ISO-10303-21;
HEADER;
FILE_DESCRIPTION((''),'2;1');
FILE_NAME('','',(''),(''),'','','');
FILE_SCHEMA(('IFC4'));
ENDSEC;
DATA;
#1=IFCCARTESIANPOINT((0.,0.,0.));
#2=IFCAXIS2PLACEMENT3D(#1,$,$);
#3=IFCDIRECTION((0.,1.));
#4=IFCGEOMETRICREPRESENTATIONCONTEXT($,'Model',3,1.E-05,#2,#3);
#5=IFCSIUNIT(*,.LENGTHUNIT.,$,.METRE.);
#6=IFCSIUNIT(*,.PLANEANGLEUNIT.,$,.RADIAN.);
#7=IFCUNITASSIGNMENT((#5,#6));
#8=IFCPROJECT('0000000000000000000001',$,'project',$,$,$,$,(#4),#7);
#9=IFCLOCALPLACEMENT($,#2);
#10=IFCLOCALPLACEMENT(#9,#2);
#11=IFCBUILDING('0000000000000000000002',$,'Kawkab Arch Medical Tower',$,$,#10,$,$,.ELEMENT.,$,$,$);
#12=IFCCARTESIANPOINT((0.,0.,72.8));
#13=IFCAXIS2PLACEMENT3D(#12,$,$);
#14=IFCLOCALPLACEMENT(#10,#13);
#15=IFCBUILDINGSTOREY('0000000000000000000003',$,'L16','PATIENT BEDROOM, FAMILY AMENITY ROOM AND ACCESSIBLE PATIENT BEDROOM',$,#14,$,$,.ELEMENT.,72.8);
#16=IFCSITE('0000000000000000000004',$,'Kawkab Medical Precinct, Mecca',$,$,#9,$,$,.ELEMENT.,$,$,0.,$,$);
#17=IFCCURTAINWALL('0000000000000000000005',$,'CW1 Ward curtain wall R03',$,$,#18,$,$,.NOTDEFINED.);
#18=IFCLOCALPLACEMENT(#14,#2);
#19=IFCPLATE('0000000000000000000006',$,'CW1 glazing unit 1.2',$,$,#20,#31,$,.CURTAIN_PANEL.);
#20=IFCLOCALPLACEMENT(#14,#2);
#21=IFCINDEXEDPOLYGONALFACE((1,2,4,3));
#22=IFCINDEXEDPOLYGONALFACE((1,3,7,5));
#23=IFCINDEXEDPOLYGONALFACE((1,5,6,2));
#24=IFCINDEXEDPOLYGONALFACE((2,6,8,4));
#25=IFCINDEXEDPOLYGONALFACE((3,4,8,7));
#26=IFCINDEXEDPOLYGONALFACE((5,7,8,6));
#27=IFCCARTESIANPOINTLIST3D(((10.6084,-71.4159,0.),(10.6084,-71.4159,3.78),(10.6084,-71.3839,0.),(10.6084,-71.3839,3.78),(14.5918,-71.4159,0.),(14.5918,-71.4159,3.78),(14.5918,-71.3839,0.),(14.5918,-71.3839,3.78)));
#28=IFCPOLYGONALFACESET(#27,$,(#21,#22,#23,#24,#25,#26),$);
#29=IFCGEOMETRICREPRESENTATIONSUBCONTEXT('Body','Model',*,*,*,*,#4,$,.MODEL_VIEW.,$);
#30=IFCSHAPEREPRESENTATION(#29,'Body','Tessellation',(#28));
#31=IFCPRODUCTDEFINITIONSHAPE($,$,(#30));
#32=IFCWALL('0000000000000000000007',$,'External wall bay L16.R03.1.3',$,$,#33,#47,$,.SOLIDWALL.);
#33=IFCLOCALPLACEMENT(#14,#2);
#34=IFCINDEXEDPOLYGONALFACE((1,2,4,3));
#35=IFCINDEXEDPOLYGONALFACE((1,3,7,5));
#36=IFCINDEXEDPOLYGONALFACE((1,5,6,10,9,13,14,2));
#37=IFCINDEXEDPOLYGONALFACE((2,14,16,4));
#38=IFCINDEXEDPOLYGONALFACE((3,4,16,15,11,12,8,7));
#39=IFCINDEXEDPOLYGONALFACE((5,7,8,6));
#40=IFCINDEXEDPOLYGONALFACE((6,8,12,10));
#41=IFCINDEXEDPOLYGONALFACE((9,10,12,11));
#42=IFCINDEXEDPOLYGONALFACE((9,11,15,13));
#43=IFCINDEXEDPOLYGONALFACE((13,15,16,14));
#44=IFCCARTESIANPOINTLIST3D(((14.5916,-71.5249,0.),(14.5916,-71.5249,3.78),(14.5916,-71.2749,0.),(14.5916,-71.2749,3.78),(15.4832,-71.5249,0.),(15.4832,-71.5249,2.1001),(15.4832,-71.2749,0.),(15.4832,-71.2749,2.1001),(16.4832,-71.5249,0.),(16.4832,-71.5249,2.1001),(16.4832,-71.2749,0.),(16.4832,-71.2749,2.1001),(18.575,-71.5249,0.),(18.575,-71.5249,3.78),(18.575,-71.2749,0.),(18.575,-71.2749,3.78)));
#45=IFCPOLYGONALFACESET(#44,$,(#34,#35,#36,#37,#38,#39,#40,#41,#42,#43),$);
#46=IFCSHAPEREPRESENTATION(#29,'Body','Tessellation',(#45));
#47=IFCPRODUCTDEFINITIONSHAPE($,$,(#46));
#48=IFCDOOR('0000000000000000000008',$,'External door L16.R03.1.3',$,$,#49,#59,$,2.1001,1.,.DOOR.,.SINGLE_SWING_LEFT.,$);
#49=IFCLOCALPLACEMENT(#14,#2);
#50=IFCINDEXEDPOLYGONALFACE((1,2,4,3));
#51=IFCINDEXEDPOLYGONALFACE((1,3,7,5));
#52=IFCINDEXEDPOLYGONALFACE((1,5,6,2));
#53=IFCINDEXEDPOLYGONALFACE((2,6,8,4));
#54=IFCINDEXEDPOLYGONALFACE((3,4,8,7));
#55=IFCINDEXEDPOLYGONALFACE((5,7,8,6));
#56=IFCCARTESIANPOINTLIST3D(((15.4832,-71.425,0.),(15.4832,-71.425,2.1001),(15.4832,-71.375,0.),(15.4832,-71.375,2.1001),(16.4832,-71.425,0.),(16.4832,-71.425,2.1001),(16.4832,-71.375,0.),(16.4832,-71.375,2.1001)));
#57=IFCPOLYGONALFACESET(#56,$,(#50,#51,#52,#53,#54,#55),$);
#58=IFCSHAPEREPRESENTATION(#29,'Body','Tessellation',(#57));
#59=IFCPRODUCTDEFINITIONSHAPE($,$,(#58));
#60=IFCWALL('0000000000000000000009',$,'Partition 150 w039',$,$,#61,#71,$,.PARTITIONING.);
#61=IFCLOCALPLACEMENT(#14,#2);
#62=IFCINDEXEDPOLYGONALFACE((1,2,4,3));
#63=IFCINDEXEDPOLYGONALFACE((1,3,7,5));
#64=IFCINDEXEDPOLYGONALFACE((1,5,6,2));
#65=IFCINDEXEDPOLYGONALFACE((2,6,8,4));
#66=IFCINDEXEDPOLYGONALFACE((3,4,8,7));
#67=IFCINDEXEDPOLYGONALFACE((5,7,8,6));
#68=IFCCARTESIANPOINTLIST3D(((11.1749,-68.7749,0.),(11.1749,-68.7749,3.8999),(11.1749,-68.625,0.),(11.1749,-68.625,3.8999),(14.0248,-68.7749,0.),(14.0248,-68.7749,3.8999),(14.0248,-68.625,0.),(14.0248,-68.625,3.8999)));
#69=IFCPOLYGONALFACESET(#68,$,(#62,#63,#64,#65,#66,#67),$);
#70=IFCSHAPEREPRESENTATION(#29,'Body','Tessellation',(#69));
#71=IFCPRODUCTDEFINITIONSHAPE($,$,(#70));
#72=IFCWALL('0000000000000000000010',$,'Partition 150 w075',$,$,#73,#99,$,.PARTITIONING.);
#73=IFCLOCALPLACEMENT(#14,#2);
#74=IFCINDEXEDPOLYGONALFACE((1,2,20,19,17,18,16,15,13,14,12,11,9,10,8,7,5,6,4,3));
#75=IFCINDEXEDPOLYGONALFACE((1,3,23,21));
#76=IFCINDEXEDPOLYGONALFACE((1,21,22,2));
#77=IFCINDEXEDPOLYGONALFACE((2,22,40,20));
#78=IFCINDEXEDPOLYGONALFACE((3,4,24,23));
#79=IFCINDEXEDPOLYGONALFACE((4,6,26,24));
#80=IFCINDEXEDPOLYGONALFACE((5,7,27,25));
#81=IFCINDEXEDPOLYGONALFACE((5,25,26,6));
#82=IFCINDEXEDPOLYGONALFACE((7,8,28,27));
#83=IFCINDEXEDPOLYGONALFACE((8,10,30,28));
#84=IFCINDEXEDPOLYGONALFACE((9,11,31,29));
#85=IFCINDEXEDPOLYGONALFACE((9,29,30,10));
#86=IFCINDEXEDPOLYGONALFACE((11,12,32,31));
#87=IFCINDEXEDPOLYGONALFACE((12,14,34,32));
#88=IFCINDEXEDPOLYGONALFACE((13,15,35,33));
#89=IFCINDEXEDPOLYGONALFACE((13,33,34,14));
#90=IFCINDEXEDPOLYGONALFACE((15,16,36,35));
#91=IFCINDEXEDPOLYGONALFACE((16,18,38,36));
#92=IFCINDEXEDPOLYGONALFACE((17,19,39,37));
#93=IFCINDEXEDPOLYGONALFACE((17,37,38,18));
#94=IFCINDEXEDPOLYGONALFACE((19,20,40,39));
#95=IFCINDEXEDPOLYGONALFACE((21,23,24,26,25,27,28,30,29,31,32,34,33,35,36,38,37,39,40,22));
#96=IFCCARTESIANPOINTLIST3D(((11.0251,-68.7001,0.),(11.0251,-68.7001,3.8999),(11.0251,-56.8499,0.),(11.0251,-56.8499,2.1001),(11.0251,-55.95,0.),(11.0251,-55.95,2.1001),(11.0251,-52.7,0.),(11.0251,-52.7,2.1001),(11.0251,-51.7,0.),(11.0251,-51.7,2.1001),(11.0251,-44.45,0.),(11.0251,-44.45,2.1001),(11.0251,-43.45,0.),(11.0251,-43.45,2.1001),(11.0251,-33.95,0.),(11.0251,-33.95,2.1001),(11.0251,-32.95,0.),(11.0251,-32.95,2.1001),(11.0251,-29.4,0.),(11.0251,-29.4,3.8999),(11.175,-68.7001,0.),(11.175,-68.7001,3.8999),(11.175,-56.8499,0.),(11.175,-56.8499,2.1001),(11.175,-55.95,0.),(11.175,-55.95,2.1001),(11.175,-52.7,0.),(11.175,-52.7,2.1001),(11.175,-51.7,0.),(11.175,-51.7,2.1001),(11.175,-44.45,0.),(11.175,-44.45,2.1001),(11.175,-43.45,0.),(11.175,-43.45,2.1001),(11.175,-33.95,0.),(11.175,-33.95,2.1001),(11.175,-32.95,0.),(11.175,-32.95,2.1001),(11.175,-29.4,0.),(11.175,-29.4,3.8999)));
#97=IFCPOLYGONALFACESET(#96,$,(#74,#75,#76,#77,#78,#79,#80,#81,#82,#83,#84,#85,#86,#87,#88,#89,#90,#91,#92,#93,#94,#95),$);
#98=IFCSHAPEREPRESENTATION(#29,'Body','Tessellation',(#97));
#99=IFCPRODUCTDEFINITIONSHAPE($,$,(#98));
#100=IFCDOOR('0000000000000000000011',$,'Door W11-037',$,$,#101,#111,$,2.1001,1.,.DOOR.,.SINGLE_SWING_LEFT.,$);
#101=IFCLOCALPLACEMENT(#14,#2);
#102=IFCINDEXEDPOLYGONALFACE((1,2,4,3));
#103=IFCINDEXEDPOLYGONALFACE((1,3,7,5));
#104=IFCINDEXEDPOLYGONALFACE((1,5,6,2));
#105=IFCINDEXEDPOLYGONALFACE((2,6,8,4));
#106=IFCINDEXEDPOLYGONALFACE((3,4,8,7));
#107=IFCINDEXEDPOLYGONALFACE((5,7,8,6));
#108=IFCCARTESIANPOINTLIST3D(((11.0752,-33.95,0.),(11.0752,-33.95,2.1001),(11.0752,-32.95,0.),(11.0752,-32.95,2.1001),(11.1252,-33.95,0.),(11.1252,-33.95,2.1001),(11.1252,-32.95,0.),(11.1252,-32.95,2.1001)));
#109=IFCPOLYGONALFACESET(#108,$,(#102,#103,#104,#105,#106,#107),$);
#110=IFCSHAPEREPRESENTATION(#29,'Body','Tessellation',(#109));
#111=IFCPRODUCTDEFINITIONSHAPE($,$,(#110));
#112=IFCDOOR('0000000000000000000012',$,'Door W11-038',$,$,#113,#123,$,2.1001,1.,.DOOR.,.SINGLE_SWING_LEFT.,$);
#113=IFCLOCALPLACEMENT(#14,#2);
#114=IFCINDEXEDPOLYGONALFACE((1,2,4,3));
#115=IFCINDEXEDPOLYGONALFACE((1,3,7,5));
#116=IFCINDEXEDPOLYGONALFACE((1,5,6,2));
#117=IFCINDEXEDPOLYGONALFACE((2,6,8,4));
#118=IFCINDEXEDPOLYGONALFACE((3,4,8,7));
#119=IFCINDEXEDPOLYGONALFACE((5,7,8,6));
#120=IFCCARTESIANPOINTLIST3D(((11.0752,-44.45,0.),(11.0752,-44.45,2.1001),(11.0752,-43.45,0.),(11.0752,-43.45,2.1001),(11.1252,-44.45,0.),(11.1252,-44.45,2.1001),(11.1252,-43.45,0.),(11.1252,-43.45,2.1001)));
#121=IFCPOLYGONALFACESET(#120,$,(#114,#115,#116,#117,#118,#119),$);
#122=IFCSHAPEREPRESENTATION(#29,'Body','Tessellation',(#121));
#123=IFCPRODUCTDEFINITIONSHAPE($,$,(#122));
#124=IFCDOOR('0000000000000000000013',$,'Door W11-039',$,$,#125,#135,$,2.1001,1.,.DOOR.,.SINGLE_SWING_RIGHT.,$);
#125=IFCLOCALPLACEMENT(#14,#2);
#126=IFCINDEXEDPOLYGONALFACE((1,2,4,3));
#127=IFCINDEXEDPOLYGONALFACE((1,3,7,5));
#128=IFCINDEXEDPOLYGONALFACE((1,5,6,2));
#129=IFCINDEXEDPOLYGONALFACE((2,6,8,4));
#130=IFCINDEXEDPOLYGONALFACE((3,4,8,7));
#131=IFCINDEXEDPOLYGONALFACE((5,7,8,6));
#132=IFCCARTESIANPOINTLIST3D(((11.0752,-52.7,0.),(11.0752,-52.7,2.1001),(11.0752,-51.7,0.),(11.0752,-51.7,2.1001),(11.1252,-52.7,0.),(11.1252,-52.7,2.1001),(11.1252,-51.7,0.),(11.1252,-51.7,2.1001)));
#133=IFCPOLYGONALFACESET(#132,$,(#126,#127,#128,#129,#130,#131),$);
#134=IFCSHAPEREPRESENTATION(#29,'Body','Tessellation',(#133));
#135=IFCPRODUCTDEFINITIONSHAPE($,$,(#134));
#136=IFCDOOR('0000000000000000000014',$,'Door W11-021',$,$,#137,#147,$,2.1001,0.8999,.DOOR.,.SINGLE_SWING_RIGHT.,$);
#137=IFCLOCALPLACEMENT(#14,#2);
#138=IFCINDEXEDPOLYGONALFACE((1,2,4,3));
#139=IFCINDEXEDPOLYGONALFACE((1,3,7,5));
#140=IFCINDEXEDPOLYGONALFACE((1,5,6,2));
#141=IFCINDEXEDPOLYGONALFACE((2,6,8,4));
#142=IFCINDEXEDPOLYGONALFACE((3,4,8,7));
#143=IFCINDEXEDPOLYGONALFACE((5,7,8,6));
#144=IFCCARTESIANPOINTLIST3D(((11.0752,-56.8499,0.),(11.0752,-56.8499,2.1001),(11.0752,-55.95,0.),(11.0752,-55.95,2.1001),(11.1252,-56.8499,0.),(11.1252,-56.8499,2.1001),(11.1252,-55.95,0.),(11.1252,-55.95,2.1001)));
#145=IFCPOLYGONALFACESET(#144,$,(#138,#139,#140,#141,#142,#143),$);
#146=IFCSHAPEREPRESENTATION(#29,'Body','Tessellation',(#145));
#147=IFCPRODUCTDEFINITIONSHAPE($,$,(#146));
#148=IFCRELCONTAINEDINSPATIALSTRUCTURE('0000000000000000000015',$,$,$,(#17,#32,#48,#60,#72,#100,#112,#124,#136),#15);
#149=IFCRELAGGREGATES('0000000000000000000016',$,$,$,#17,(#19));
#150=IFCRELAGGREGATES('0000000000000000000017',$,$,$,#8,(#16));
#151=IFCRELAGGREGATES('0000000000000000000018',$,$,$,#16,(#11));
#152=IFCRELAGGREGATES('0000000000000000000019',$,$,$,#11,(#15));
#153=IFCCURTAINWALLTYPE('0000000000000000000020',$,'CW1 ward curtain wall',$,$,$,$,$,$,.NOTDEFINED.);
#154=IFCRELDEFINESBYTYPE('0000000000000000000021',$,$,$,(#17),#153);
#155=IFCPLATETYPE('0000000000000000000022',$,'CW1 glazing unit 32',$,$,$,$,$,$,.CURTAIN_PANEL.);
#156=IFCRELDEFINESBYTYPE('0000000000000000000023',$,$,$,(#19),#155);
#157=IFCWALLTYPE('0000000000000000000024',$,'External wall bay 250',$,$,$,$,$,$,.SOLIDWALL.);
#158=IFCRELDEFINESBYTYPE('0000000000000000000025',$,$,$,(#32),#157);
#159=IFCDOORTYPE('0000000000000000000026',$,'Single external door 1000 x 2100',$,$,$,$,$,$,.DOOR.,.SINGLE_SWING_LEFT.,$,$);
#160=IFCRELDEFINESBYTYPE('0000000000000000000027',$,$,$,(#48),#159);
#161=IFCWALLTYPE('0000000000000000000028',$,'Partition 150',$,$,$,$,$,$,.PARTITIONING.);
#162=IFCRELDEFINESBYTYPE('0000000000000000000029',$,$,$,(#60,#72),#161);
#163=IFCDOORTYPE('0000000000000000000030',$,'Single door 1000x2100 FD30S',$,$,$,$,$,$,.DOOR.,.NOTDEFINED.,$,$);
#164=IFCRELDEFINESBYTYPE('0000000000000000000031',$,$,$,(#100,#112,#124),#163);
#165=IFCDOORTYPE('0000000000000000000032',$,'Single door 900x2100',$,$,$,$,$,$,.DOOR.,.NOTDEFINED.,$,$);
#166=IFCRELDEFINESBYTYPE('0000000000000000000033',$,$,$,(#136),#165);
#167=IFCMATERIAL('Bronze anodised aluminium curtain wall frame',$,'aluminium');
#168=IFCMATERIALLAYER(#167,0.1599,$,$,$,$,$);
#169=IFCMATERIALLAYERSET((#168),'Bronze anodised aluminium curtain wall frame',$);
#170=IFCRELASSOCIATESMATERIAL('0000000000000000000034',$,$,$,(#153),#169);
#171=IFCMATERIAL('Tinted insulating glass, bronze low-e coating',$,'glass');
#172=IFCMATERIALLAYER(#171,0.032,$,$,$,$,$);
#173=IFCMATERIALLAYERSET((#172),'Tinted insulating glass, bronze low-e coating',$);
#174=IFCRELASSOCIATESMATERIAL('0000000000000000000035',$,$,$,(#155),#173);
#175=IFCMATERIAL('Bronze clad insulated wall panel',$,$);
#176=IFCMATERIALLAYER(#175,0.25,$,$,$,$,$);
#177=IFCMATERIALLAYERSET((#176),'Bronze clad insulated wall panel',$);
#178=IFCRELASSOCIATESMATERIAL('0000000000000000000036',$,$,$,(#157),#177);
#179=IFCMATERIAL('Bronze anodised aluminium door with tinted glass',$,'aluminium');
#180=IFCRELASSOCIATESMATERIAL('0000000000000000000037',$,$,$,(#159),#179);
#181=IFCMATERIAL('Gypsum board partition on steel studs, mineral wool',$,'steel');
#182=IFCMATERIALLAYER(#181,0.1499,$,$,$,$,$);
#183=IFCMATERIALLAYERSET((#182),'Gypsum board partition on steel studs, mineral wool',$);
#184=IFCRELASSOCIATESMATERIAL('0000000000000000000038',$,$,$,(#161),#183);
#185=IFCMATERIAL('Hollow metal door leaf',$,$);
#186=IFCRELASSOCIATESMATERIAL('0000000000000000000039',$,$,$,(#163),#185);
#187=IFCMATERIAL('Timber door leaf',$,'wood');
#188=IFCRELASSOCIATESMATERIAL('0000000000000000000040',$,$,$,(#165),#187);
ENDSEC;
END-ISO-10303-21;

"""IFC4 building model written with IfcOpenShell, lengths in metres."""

from ifc_helpers import new_model, si_unit, direction, frame, frame_2d, origin, origin_2d, place, context, subcontext, project, spatial, rectangle, extrude, material, layer, layer_set, type_object, element, fill, aggregate, save


model = new_model("IFC4")

# Units and contexts
model_context = context("Model", 3, precision=1e-05, world=origin(), true_north=direction((0.0, 1.0)))
body_context = subcontext(model_context, "Body", "Model", "MODEL_VIEW")
ifc_project = project(units=[si_unit("LENGTHUNIT", "METRE"), si_unit("PLANEANGLEUNIT", "RADIAN")], contexts=[model_context])

# Site, building, storey
site_placement = place(None, origin())
site = spatial("IfcSite", under=ifc_project, at=site_placement, Name="Kawkab Medical Precinct, Mecca", CompositionType="ELEMENT", RefElevation=0.0)
building_placement = place(site_placement, origin())
building = spatial("IfcBuilding", under=site, at=building_placement, Name="Kawkab Arch Medical Tower", CompositionType="ELEMENT")
storey_placement = place(building_placement, frame((0.0, 0.0, 72.8)))
storey = spatial("IfcBuildingStorey", under=building, at=storey_placement, Name="L16", Description="PATIENT BEDROOM, FAMILY AMENITY ROOM AND ACCESSIBLE PATIENT BEDROOM", CompositionType="ELEMENT", Elevation=72.8)

# Curtain wall, plate
ifc_material_1 = material(Name="Bronze anodised aluminium curtain wall frame", Category="aluminium")
ifc_layer_1 = layer(ifc_material_1, 0.1599)
ifc_layer_set_1 = layer_set([ifc_layer_1], Name="Bronze anodised aluminium curtain wall frame")
curtain_wall_type = type_object("IfcCurtainWallType", Name="CW1 ward curtain wall", PredefinedType="NOTDEFINED", material=ifc_layer_set_1)
curtain_wall_placement = place(storey_placement, origin())
curtain_wall = element("IfcCurtainWall", 1, at=curtain_wall_placement, inside=storey, type_object=curtain_wall_type, Name="CW1 Ward curtain wall R03", PredefinedType="NOTDEFINED")
ifc_material_2 = material(Name="Tinted insulating glass, bronze low-e coating", Category="glass")
ifc_layer_2 = layer(ifc_material_2, 0.032)
ifc_layer_set_2 = layer_set([ifc_layer_2], Name="Tinted insulating glass, bronze low-e coating")
plate_type = type_object("IfcPlateType", Name="CW1 glazing unit 32", PredefinedType="CURTAIN_PANEL", material=ifc_layer_set_2)
plate_placement = place(storey_placement, frame((12.6001, -71.3999, 0.0), z_axis=(0.0, 0.0, 1.0), x_axis=(1.0, 0.0, 0.0)))
plate = element("IfcPlate", 2, at=plate_placement, type_object=plate_type, Name="CW1 glazing unit 1.2", PredefinedType="CURTAIN_PANEL", context=body_context, shape_type="SweptSolid", body=[
    extrude(rectangle(XDim=3.9834, YDim=0.032, at=origin_2d()), origin(), (0.0, 0.0, 1.0), 3.78),
])
aggregate(curtain_wall, [plate])

# Wall, opening, door
ifc_material_3 = material(Name="Bronze clad insulated wall panel")
ifc_layer_3 = layer(ifc_material_3, 0.25)
ifc_layer_set_3 = layer_set([ifc_layer_3], Name="Bronze clad insulated wall panel")
wall_type_1 = type_object("IfcWallType", Name="External wall bay 250", PredefinedType="SOLIDWALL", material=ifc_layer_set_3)
wall_1_placement = place(storey_placement, frame((14.5916, -71.3999, 0.0), z_axis=(0.0, 0.0, 1.0), x_axis=(1.0, 0.0, 0.0)))
wall_1 = element("IfcWall", 3, at=wall_1_placement, inside=storey, type_object=wall_type_1, Name="External wall bay L16.R03.1.3", PredefinedType="SOLIDWALL", context=body_context, shape_type="SweptSolid", body=[
    extrude(rectangle(XDim=3.9834, YDim=0.25, at=frame_2d((1.9917, 0.0))), origin(), (0.0, 0.0, 1.0), 3.78),
])
opening_1_placement = place(wall_1_placement, frame((0.8916, 0.0, 0.0)))
opening_1 = element("IfcOpeningElement", 4, at=opening_1_placement, cuts=wall_1, PredefinedType="OPENING", context=body_context, shape_type="SweptSolid", body=[
    extrude(rectangle(XDim=1.0, YDim=2.1001, at=frame_2d((0.5, 1.05))), frame((0.0, 0.135, 0.0), z_axis=(0.0, -1.0, 0.0), x_axis=(1.0, 0.0, 0.0)), (0.0, 0.0, 1.0), 0.27),
])
ifc_material_4 = material(Name="Bronze anodised aluminium door with tinted glass", Category="aluminium")
door_type_1 = type_object("IfcDoorType", Name="Single external door 1000 x 2100", OperationType="SINGLE_SWING_LEFT", PredefinedType="DOOR", material=ifc_material_4)
door_1_placement = place(opening_1_placement, origin())
door_1 = element("IfcDoor", 5, at=door_1_placement, inside=storey, type_object=door_type_1, Name="External door L16.R03.1.3", OperationType="SINGLE_SWING_LEFT", OverallHeight=2.1001, OverallWidth=1.0, PredefinedType="DOOR", context=body_context, shape_type="SweptSolid", body=[
    extrude(rectangle(XDim=1.0, YDim=2.1001, at=frame_2d((0.5, 1.05))), frame((0.0, 0.0249, 0.0), z_axis=(0.0, -1.0, 0.0), x_axis=(1.0, 0.0, 0.0)), (0.0, 0.0, 1.0), 0.05),
])
fill(opening_1, door_1)

# Wall
ifc_material_5 = material(Name="Gypsum board partition on steel studs, mineral wool", Category="steel")
ifc_layer_4 = layer(ifc_material_5, 0.1499)
ifc_layer_set_4 = layer_set([ifc_layer_4], Name="Gypsum board partition on steel studs, mineral wool")
wall_type_2 = type_object("IfcWallType", Name="Partition 150", PredefinedType="PARTITIONING", material=ifc_layer_set_4)
wall_2_placement = place(storey_placement, frame((11.175, -68.7, 0.0), z_axis=(0.0, 0.0, 1.0), x_axis=(1.0, 0.0, 0.0)))
element("IfcWall", 6, at=wall_2_placement, inside=storey, type_object=wall_type_2, Name="Partition 150 w039", PredefinedType="PARTITIONING", context=body_context, shape_type="SweptSolid", body=[
    extrude(rectangle(XDim=2.8499, YDim=0.1499, at=frame_2d((1.4248, 0.0))), origin(), (0.0, 0.0, 1.0), 3.8999),
])

# Wall, openings, doors
wall_3_placement = place(storey_placement, frame((11.1001, -68.7, 0.0), z_axis=(0.0, 0.0, 1.0), x_axis=(0.0, 1.0, 0.0)))
wall_3 = element("IfcWall", 7, at=wall_3_placement, inside=storey, type_object=wall_type_2, Name="Partition 150 w075", PredefinedType="PARTITIONING", context=body_context, shape_type="SweptSolid", body=[
    extrude(rectangle(XDim=39.3, YDim=0.1499, at=frame_2d((19.6499, 0.0))), origin(), (0.0, 0.0, 1.0), 3.8999),
])
opening_2_placement = place(wall_3_placement, frame((34.75, 0.0, 0.0)))
opening_2 = element("IfcOpeningElement", 8, at=opening_2_placement, cuts=wall_3, PredefinedType="OPENING", context=body_context, shape_type="SweptSolid", body=[
    extrude(rectangle(XDim=1.0, YDim=2.1001, at=frame_2d((0.5, 1.05))), frame((0.0, 0.085, 0.0), z_axis=(0.0, -1.0, 0.0), x_axis=(1.0, 0.0, 0.0)), (0.0, 0.0, 1.0), 0.1699),
])
opening_3_placement = place(wall_3_placement, frame((24.25, 0.0, 0.0)))
opening_3 = element("IfcOpeningElement", 9, at=opening_3_placement, cuts=wall_3, PredefinedType="OPENING", context=body_context, shape_type="SweptSolid", body=[
    extrude(rectangle(XDim=1.0, YDim=2.1001, at=frame_2d((0.5, 1.05))), frame((0.0, 0.085, 0.0), z_axis=(0.0, -1.0, 0.0), x_axis=(1.0, 0.0, 0.0)), (0.0, 0.0, 1.0), 0.1699),
])
opening_4_placement = place(wall_3_placement, frame((16.0, 0.0, 0.0)))
opening_4 = element("IfcOpeningElement", 10, at=opening_4_placement, cuts=wall_3, PredefinedType="OPENING", context=body_context, shape_type="SweptSolid", body=[
    extrude(rectangle(XDim=1.0, YDim=2.1001, at=frame_2d((0.5, 1.05))), frame((0.0, 0.085, 0.0), z_axis=(0.0, -1.0, 0.0), x_axis=(1.0, 0.0, 0.0)), (0.0, 0.0, 1.0), 0.1699),
])
opening_5_placement = place(wall_3_placement, frame((11.8501, 0.0, 0.0)))
opening_5 = element("IfcOpeningElement", 11, at=opening_5_placement, cuts=wall_3, PredefinedType="OPENING", context=body_context, shape_type="SweptSolid", body=[
    extrude(rectangle(XDim=0.8999, YDim=2.1001, at=frame_2d((0.45, 1.05))), frame((0.0, 0.085, 0.0), z_axis=(0.0, -1.0, 0.0), x_axis=(1.0, 0.0, 0.0)), (0.0, 0.0, 1.0), 0.1699),
])
ifc_material_6 = material(Name="Hollow metal door leaf")
door_type_2 = type_object("IfcDoorType", Name="Single door 1000x2100 FD30S", OperationType="NOTDEFINED", PredefinedType="DOOR", material=ifc_material_6)
door_2_placement = place(opening_2_placement, origin())
door_2 = element("IfcDoor", 12, at=door_2_placement, inside=storey, type_object=door_type_2, Name="Door W11-037", OperationType="SINGLE_SWING_LEFT", OverallHeight=2.1001, OverallWidth=1.0, PredefinedType="DOOR", context=body_context, shape_type="SweptSolid", body=[
    extrude(rectangle(XDim=1.0, YDim=2.1001, at=frame_2d((0.5, 1.05))), frame((0.0, 0.0249, 0.0), z_axis=(0.0, -1.0, 0.0), x_axis=(1.0, 0.0, 0.0)), (0.0, 0.0, 1.0), 0.05),
])
fill(opening_2, door_2)
door_3_placement = place(opening_3_placement, origin())
door_3 = element("IfcDoor", 13, at=door_3_placement, inside=storey, type_object=door_type_2, Name="Door W11-038", OperationType="SINGLE_SWING_LEFT", OverallHeight=2.1001, OverallWidth=1.0, PredefinedType="DOOR", context=body_context, shape_type="SweptSolid", body=[
    extrude(rectangle(XDim=1.0, YDim=2.1001, at=frame_2d((0.5, 1.05))), frame((0.0, 0.0249, 0.0), z_axis=(0.0, -1.0, 0.0), x_axis=(1.0, 0.0, 0.0)), (0.0, 0.0, 1.0), 0.05),
])
fill(opening_3, door_3)
door_4_placement = place(opening_4_placement, origin())
door_4 = element("IfcDoor", 14, at=door_4_placement, inside=storey, type_object=door_type_2, Name="Door W11-039", OperationType="SINGLE_SWING_RIGHT", OverallHeight=2.1001, OverallWidth=1.0, PredefinedType="DOOR", context=body_context, shape_type="SweptSolid", body=[
    extrude(rectangle(XDim=1.0, YDim=2.1001, at=frame_2d((0.5, 1.05))), frame((0.0, 0.0249, 0.0), z_axis=(0.0, -1.0, 0.0), x_axis=(1.0, 0.0, 0.0)), (0.0, 0.0, 1.0), 0.05),
])
fill(opening_4, door_4)
ifc_material_7 = material(Name="Timber door leaf", Category="wood")
door_type_3 = type_object("IfcDoorType", Name="Single door 900x2100", OperationType="NOTDEFINED", PredefinedType="DOOR", material=ifc_material_7)
door_5_placement = place(opening_5_placement, origin())
door_5 = element("IfcDoor", 15, at=door_5_placement, inside=storey, type_object=door_type_3, Name="Door W11-021", OperationType="SINGLE_SWING_RIGHT", OverallHeight=2.1001, OverallWidth=0.8999, PredefinedType="DOOR", context=body_context, shape_type="SweptSolid", body=[
    extrude(rectangle(XDim=0.8999, YDim=2.1001, at=frame_2d((0.45, 1.05))), frame((0.0, 0.0249, 0.0), z_axis=(0.0, -1.0, 0.0), x_axis=(1.0, 0.0, 0.0)), (0.0, 0.0, 1.0), 0.05),
])
fill(opening_5, door_5)

save(model, "model.ifc")
